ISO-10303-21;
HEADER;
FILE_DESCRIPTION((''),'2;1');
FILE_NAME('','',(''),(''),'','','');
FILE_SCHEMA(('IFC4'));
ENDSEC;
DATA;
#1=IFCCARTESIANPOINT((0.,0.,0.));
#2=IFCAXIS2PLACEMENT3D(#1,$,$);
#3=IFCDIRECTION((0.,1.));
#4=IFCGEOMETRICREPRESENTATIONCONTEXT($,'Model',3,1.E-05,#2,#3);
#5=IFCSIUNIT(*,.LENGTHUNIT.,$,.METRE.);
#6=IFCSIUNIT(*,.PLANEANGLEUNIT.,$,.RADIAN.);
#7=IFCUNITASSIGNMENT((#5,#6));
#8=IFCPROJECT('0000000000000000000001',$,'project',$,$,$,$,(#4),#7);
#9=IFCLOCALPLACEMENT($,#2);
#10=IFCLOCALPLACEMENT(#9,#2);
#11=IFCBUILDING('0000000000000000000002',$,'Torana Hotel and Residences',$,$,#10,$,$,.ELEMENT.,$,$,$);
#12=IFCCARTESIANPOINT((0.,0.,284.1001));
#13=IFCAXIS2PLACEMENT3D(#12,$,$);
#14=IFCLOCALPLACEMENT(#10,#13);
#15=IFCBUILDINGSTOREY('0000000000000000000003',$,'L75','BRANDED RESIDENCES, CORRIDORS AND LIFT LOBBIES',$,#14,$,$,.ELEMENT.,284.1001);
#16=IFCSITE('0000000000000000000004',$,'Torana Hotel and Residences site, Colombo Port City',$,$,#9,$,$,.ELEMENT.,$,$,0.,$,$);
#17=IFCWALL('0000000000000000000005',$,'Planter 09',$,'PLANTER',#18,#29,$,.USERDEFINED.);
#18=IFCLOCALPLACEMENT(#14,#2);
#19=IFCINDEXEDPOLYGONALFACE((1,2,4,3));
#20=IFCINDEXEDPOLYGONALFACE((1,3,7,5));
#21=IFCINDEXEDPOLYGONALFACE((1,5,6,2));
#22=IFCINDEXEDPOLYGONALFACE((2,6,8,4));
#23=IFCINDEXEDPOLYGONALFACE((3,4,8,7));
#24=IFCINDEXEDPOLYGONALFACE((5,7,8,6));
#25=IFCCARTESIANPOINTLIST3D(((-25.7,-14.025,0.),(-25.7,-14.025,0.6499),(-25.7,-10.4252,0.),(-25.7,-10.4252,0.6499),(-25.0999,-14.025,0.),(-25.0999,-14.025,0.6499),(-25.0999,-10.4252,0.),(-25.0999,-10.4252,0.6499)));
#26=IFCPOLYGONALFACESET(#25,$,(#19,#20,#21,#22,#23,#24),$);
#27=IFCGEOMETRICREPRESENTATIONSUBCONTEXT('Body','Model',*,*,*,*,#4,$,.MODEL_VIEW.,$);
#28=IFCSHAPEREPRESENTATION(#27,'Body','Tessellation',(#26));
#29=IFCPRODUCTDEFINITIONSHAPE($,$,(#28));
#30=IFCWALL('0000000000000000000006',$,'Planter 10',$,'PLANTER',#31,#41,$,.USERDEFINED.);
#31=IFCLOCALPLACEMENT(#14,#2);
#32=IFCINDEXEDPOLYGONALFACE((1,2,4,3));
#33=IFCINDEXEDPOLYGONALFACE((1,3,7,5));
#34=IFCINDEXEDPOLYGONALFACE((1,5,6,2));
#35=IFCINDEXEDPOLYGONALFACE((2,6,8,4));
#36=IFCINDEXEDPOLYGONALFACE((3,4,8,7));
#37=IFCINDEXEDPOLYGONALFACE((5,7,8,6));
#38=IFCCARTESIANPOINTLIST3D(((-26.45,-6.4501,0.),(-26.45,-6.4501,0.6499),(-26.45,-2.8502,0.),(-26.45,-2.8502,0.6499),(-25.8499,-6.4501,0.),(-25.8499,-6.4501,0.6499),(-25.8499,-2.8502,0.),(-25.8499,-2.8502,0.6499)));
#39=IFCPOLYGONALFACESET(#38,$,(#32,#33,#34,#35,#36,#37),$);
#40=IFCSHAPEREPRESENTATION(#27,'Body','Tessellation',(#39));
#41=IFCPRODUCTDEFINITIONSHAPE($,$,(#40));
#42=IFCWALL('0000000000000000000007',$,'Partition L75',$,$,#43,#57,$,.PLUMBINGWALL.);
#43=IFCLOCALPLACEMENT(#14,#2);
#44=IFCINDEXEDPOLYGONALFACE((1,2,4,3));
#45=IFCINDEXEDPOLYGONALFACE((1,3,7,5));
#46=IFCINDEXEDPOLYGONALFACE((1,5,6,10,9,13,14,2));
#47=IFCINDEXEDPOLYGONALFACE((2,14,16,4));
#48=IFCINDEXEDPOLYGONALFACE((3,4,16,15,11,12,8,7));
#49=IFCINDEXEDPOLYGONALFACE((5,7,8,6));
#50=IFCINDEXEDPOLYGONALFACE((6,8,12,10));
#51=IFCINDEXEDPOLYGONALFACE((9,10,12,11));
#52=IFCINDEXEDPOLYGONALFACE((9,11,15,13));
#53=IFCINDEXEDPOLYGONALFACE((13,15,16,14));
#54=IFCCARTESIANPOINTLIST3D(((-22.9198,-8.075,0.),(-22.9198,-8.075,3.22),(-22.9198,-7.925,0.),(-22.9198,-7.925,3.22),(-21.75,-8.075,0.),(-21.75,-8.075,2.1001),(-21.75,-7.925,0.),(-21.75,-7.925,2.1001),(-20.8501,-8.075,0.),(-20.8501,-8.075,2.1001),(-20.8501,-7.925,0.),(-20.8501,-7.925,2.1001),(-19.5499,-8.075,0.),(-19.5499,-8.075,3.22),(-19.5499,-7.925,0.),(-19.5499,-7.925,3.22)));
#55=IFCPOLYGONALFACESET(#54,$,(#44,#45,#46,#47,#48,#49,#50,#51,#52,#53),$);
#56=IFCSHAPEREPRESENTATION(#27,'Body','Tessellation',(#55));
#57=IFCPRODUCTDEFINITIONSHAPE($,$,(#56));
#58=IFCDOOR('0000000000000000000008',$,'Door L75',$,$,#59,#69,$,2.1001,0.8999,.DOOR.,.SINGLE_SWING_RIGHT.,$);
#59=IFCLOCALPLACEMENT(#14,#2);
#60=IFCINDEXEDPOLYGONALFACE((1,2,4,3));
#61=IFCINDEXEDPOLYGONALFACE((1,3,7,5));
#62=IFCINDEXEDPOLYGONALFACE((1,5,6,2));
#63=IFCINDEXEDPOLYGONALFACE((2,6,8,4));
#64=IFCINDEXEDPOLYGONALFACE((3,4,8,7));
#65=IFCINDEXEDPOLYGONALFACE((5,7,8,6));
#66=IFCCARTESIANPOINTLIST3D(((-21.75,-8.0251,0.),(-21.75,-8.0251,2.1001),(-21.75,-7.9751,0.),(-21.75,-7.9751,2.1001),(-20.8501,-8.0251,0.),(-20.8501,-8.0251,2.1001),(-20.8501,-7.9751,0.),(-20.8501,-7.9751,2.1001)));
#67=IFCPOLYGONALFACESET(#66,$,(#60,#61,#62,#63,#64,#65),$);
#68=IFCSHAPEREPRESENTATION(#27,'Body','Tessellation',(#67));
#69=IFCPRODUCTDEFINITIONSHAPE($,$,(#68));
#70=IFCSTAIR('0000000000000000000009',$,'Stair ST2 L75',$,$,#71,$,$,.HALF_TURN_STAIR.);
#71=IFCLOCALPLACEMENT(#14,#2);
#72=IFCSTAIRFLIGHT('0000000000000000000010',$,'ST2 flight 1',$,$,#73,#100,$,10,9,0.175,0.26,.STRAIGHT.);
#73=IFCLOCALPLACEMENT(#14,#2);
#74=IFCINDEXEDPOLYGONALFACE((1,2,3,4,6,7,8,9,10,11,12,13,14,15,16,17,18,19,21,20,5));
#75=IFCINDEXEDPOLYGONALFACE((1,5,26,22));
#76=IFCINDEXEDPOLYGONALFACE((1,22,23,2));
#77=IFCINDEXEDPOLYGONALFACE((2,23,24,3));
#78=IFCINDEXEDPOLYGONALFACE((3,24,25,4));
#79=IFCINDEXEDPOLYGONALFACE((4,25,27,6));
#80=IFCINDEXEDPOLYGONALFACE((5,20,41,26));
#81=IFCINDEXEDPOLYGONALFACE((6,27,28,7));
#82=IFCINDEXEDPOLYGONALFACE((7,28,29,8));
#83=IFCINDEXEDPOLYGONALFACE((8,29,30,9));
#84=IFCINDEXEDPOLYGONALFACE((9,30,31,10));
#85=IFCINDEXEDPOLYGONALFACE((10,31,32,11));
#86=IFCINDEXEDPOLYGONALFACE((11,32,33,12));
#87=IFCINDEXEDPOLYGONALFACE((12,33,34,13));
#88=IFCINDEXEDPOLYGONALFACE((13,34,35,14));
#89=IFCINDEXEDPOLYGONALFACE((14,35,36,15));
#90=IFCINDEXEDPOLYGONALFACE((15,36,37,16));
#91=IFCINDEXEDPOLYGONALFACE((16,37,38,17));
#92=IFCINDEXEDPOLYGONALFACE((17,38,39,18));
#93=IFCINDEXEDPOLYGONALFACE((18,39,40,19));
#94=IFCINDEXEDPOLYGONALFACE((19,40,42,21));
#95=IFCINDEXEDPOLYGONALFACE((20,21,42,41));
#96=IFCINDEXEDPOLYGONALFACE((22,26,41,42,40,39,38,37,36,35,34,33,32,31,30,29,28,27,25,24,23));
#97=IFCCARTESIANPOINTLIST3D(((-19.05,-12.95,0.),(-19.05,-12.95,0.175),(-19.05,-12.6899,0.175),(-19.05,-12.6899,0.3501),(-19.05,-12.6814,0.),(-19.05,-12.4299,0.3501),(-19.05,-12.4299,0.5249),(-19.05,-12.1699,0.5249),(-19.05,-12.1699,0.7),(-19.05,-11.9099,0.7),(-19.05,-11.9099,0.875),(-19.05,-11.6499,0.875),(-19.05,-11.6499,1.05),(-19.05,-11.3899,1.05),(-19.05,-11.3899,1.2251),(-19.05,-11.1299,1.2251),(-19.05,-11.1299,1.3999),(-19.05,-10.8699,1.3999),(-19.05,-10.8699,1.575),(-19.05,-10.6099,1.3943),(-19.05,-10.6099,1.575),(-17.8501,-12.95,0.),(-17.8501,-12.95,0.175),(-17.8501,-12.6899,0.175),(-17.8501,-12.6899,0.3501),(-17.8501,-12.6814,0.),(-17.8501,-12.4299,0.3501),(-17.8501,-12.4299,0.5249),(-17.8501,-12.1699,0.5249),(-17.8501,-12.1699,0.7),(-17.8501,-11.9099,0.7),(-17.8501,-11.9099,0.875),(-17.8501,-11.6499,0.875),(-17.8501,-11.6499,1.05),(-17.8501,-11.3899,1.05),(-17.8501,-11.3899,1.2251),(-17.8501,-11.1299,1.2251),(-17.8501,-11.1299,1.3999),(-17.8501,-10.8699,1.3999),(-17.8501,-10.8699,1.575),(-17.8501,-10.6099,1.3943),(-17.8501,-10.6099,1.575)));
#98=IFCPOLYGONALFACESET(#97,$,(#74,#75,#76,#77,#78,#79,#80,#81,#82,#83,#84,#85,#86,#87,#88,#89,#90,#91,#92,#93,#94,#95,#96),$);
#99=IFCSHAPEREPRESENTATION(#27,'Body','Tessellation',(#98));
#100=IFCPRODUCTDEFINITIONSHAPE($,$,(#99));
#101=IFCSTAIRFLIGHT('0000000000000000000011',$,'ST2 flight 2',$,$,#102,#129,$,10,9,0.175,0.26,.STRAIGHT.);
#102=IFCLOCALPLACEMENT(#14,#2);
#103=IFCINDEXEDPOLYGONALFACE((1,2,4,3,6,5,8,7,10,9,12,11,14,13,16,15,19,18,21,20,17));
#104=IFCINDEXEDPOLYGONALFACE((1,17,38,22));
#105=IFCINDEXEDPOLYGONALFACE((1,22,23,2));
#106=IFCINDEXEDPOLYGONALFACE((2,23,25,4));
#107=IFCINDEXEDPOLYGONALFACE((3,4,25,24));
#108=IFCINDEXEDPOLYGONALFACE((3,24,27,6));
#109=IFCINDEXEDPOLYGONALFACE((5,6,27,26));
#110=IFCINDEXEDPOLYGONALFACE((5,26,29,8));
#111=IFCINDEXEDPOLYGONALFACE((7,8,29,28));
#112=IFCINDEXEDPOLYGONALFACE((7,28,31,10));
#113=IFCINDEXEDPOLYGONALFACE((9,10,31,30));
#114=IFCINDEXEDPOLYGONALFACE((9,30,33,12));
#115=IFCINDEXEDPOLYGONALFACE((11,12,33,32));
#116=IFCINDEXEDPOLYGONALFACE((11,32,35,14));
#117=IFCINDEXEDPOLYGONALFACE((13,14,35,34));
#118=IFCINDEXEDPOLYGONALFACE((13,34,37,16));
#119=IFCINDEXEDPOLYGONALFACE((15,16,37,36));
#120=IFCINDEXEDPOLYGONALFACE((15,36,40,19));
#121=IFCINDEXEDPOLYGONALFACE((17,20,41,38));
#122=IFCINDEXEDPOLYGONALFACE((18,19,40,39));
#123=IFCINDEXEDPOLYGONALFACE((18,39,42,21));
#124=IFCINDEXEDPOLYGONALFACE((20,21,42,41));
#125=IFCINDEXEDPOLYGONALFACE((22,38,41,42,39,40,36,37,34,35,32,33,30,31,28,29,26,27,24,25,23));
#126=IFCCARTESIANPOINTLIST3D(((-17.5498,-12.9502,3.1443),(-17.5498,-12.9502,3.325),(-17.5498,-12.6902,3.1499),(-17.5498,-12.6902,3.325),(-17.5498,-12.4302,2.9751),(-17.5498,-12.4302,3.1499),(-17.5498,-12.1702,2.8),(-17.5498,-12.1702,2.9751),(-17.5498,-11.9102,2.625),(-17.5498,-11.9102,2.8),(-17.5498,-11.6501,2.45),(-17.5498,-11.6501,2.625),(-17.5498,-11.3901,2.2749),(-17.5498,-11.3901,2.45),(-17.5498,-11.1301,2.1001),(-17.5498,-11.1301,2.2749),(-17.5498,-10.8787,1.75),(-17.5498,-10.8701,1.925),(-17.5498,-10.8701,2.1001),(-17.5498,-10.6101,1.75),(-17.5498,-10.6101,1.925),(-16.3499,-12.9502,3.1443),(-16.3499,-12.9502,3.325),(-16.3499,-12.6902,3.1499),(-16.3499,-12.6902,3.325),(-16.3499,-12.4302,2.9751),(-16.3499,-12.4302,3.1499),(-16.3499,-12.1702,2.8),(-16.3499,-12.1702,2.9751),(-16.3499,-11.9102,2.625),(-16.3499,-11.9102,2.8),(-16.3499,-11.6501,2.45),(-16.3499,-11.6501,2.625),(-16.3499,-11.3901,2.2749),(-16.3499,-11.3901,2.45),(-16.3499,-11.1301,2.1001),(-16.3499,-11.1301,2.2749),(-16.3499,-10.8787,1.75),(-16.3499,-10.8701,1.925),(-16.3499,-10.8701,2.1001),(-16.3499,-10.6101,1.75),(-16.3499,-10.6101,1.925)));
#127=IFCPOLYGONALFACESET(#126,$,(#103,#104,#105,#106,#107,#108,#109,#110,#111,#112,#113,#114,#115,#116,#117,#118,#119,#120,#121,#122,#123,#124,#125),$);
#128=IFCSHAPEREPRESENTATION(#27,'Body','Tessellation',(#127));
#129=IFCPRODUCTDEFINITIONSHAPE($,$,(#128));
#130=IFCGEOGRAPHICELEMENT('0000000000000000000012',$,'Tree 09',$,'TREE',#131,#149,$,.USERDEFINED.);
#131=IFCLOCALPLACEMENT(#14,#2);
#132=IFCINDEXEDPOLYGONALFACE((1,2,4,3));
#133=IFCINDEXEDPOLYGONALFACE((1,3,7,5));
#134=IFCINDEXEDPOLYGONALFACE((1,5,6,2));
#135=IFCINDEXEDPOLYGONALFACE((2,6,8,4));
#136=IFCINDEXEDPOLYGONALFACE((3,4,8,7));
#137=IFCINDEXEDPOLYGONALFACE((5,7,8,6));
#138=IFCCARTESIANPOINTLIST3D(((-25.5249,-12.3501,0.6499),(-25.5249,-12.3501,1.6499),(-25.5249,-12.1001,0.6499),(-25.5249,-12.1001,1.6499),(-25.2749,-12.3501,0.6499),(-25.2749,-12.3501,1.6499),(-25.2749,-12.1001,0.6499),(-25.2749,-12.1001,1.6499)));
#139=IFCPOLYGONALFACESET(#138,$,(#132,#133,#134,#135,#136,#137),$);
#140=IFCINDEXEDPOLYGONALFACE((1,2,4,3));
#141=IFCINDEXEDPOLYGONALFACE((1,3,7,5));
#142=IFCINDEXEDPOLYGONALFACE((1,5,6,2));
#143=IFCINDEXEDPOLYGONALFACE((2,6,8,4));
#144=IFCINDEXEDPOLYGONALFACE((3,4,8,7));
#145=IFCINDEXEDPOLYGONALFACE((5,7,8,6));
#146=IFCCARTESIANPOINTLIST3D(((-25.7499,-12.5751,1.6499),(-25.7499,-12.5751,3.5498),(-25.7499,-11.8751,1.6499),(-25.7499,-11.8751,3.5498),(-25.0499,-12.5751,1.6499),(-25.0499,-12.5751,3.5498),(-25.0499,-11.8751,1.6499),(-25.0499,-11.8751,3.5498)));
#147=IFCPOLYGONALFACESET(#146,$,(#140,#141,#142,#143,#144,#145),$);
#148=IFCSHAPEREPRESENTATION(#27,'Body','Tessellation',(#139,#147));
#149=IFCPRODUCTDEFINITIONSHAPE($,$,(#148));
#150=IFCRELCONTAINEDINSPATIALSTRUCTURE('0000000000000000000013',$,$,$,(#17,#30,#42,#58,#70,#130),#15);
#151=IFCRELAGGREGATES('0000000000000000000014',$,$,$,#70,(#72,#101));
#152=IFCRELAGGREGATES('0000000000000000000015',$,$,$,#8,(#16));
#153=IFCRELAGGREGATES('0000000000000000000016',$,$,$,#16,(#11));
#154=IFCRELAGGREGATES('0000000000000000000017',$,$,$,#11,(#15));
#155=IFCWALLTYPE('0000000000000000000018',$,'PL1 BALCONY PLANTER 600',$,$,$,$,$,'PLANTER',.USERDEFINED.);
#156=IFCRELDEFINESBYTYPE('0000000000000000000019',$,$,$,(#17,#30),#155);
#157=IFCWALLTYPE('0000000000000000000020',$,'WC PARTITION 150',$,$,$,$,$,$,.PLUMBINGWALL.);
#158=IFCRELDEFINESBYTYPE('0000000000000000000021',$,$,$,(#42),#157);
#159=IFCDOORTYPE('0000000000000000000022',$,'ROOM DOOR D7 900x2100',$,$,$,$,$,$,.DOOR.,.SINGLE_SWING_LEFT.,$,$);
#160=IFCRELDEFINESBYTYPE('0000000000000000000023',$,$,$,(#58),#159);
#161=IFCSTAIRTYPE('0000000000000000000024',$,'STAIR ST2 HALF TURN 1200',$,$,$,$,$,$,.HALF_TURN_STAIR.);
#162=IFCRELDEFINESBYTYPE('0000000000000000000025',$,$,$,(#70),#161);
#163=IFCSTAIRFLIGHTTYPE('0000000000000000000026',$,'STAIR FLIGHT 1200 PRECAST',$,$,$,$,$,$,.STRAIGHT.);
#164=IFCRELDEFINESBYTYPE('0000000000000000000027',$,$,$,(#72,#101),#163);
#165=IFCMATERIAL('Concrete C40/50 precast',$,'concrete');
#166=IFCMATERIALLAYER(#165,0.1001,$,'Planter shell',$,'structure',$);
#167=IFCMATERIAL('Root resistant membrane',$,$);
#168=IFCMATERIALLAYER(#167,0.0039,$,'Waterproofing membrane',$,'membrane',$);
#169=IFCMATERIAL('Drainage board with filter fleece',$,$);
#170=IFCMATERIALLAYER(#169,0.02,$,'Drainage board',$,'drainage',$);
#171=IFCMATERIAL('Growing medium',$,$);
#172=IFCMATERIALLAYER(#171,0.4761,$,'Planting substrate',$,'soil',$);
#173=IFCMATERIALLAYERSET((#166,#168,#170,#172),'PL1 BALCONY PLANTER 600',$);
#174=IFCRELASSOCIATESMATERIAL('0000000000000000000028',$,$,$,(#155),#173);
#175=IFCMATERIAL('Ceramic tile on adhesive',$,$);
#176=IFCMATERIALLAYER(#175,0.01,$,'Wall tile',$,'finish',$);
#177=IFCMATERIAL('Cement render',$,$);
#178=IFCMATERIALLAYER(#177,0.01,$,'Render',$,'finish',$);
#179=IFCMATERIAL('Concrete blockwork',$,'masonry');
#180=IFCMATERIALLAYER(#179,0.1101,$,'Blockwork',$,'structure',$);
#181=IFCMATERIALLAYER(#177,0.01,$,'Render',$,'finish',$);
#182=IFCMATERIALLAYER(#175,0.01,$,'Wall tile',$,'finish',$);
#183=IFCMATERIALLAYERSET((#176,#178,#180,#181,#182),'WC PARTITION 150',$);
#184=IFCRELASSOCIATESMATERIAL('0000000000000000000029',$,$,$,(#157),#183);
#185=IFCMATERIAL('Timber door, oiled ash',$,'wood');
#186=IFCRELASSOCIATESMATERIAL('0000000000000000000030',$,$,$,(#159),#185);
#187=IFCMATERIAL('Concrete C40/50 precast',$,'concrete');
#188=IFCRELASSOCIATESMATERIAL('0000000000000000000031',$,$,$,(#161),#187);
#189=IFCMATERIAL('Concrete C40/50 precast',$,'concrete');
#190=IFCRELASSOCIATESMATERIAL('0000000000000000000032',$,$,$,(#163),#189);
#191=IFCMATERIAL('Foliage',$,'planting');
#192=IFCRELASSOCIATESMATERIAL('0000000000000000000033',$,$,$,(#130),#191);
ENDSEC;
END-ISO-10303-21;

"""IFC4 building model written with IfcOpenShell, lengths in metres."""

from ifc_helpers import new_model, si_unit, direction, frame, frame_2d, origin, origin_2d, place, context, subcontext, project, spatial, polyline, rectangle, outline, extrude, material, layer, layer_set, type_object, element, fill, aggregate, save


model = new_model("IFC4")

# Units and contexts
model_context = context("Model", 3, precision=1e-05, world=origin(), true_north=direction((0.0, 1.0)))
body_context = subcontext(model_context, "Body", "Model", "MODEL_VIEW")
ifc_project = project(units=[si_unit("LENGTHUNIT", "METRE"), si_unit("PLANEANGLEUNIT", "RADIAN")], contexts=[model_context])

# Site, building, storey
site_placement = place(None, origin())
site = spatial("IfcSite", under=ifc_project, at=site_placement, Name="Torana Hotel and Residences site, Colombo Port City", CompositionType="ELEMENT", RefElevation=0.0)
building_placement = place(site_placement, origin())
building = spatial("IfcBuilding", under=site, at=building_placement, Name="Torana Hotel and Residences", CompositionType="ELEMENT")
storey_placement = place(building_placement, frame((0.0, 0.0, 284.1001)))
storey = spatial("IfcBuildingStorey", under=building, at=storey_placement, Name="L75", Description="BRANDED RESIDENCES, CORRIDORS AND LIFT LOBBIES", CompositionType="ELEMENT", Elevation=284.1001)

# Walls
ifc_material_1 = material(Name="Concrete C40/50 precast", Category="concrete")
ifc_layer_1 = layer(ifc_material_1, 0.1001, Name="Planter shell", Category="structure")
ifc_material_2 = material(Name="Root resistant membrane")
ifc_layer_2 = layer(ifc_material_2, 0.0039, Name="Waterproofing membrane", Category="membrane")
ifc_material_3 = material(Name="Drainage board with filter fleece")
ifc_layer_3 = layer(ifc_material_3, 0.02, Name="Drainage board", Category="drainage")
ifc_material_4 = material(Name="Growing medium")
ifc_layer_4 = layer(ifc_material_4, 0.4761, Name="Planting substrate", Category="soil")
ifc_layer_set_1 = layer_set([ifc_layer_1, ifc_layer_2, ifc_layer_3, ifc_layer_4], Name="PL1 BALCONY PLANTER 600")
wall_type_1 = type_object("IfcWallType", Name="PL1 BALCONY PLANTER 600", ElementType="PLANTER", PredefinedType="USERDEFINED", material=ifc_layer_set_1)
for number, where, z_axis, x_axis, name in (
    (1, (-25.3999, -14.0249, 0.0), (0.0, 0.0, 1.0), (0.0, 1.0, 0.0), "Planter 09"),
    (2, (-26.1499, -6.45, 0.0), (0.0, 0.0, 1.0), (0.0, 1.0, 0.0), "Planter 10"),
):
    element("IfcWall", number, at=place(storey_placement, frame(where, z_axis=z_axis, x_axis=x_axis)), inside=storey, type_object=wall_type_1, Name=name, ObjectType="PLANTER", PredefinedType="USERDEFINED", context=body_context, shape_type="SweptSolid", body=[
        extrude(rectangle(XDim=3.5999, YDim=0.6001, at=frame_2d((1.7998, 0.0))), origin(), (0.0, 0.0, 1.0), 0.6499),
    ])

# Wall, opening, door
ifc_material_5 = material(Name="Ceramic tile on adhesive")
ifc_layer_5 = layer(ifc_material_5, 0.01, Name="Wall tile", Category="finish")
ifc_material_6 = material(Name="Cement render")
ifc_layer_6 = layer(ifc_material_6, 0.01, Name="Render", Category="finish")
ifc_material_7 = material(Name="Concrete blockwork", Category="masonry")
ifc_layer_7 = layer(ifc_material_7, 0.1101, Name="Blockwork", Category="structure")
ifc_layer_8 = layer(ifc_material_6, 0.01, Name="Render", Category="finish")
ifc_layer_9 = layer(ifc_material_5, 0.01, Name="Wall tile", Category="finish")
ifc_layer_set_2 = layer_set([ifc_layer_5, ifc_layer_6, ifc_layer_7, ifc_layer_8, ifc_layer_9], Name="WC PARTITION 150")
wall_type_2 = type_object("IfcWallType", Name="WC PARTITION 150", PredefinedType="PLUMBINGWALL", material=ifc_layer_set_2)
wall_1_placement = place(storey_placement, frame((-22.9199, -8.0, 0.0), z_axis=(0.0, 0.0, 1.0), x_axis=(1.0, 0.0, 0.0)))
wall_1 = element("IfcWall", 3, at=wall_1_placement, inside=storey, type_object=wall_type_2, Name="Partition L75", PredefinedType="PLUMBINGWALL", context=body_context, shape_type="SweptSolid", body=[
    extrude(rectangle(XDim=3.3699, YDim=0.1499, at=frame_2d((1.6851, 0.0))), origin(), (0.0, 0.0, 1.0), 3.22),
])
opening_1_placement = place(wall_1_placement, frame((1.1699, 0.0, 0.0)))
opening_1 = element("IfcOpeningElement", 4, at=opening_1_placement, cuts=wall_1, PredefinedType="OPENING", context=body_context, shape_type="SweptSolid", body=[
    extrude(rectangle(XDim=0.8999, YDim=2.1001, at=frame_2d((0.45, 1.05))), frame((0.0, 0.085, 0.0), z_axis=(0.0, -1.0, 0.0), x_axis=(1.0, 0.0, 0.0)), (0.0, 0.0, 1.0), 0.1699),
])
ifc_material_8 = material(Name="Timber door, oiled ash", Category="wood")
door_type_1 = type_object("IfcDoorType", Name="ROOM DOOR D7 900x2100", OperationType="SINGLE_SWING_LEFT", PredefinedType="DOOR", material=ifc_material_8)
door_1_placement = place(opening_1_placement, origin())
door_1 = element("IfcDoor", 5, at=door_1_placement, inside=storey, type_object=door_type_1, Name="Door L75", OperationType="SINGLE_SWING_RIGHT", OverallHeight=2.1001, OverallWidth=0.8999, PredefinedType="DOOR", context=body_context, shape_type="SweptSolid", body=[
    extrude(rectangle(XDim=0.8999, YDim=2.1001, at=frame_2d((0.45, 1.05))), frame((0.0, 0.0249, 0.0), z_axis=(0.0, -1.0, 0.0), x_axis=(1.0, 0.0, 0.0)), (0.0, 0.0, 1.0), 0.05),
])
fill(opening_1, door_1)

# Stair, stair flights
ifc_material_9 = material(Name="Concrete C40/50 precast", Category="concrete")
stair_type = type_object("IfcStairType", Name="STAIR ST2 HALF TURN 1200", PredefinedType="HALF_TURN_STAIR", material=ifc_material_9)
stair_placement = place(storey_placement, origin())
stair = element("IfcStair", 6, at=stair_placement, inside=storey, type_object=stair_type, Name="Stair ST2 L75", PredefinedType="HALF_TURN_STAIR")
ifc_material_10 = material(Name="Concrete C40/50 precast", Category="concrete")
stair_flight_type = type_object("IfcStairFlightType", Name="STAIR FLIGHT 1200 PRECAST", PredefinedType="STRAIGHT", material=ifc_material_10)
stair_flight_1_placement = place(storey_placement, frame((-18.45, -12.95, 0.0), z_axis=(0.0, 0.0, 1.0), x_axis=(0.0, 1.0, 0.0)))
stair_flight_1 = element("IfcStairFlight", 7, at=stair_flight_1_placement, type_object=stair_flight_type, Name="ST2 flight 1", NumberOfRisers=10, NumberOfTreads=9, PredefinedType="STRAIGHT", RiserHeight=0.175, TreadLength=0.26, context=body_context, shape_type="SweptSolid", body=[
    extrude(outline(polyline([(0.0, 0.0), (0.0, 0.175), (0.26, 0.175), (0.26, 0.3501), (0.52, 0.3501), (0.52, 0.5249), (0.78, 0.5249), (0.78, 0.7), (1.04, 0.7), (1.04, 0.875), (1.3, 0.875), (1.3, 1.05), (1.5601, 1.05), (1.5601, 1.2251), (1.8201, 1.2251), (1.8201, 1.3999), (2.0801, 1.3999), (2.0801, 1.575), (2.3401, 1.575), (2.3401, 1.75), (2.3401, 1.3943), (0.2686, 0.0), (0.0, 0.0)])), frame((0.0, 0.6001, 0.0), z_axis=(0.0, -1.0, 0.0), x_axis=(1.0, 0.0, 0.0)), (0.0, 0.0, 1.0), 1.2),
])
stair_flight_2_placement = place(storey_placement, frame((-16.95, -10.6101, 1.75), z_axis=(0.0, 0.0, 1.0), x_axis=(0.0, -1.0, 0.0)))
stair_flight_2 = element("IfcStairFlight", 8, at=stair_flight_2_placement, type_object=stair_flight_type, Name="ST2 flight 2", NumberOfRisers=10, NumberOfTreads=9, PredefinedType="STRAIGHT", RiserHeight=0.175, TreadLength=0.26, context=body_context, shape_type="SweptSolid", body=[
    extrude(outline(polyline([(0.0, 0.0), (0.0, 0.175), (0.26, 0.175), (0.26, 0.3501), (0.52, 0.3501), (0.52, 0.5249), (0.78, 0.5249), (0.78, 0.7), (1.04, 0.7), (1.04, 0.875), (1.3, 0.875), (1.3, 1.05), (1.5601, 1.05), (1.5601, 1.2251), (1.8201, 1.2251), (1.8201, 1.3999), (2.0801, 1.3999), (2.0801, 1.575), (2.3401, 1.575), (2.3401, 1.75), (2.3401, 1.3943), (0.2686, 0.0), (0.0, 0.0)])), frame((0.0, 0.6001, 0.0), z_axis=(0.0, -1.0, 0.0), x_axis=(1.0, 0.0, 0.0)), (0.0, 0.0, 1.0), 1.2),
])
aggregate(stair, [stair_flight_1, stair_flight_2])

# Geographic element
ifc_material_11 = material(Name="Foliage", Category="planting")
geographic_element_placement = place(storey_placement, frame((-25.3999, -12.2251, 0.6499), z_axis=(0.0, 0.0, 1.0), x_axis=(1.0, 0.0, 0.0)))
element("IfcGeographicElement", 9, at=geographic_element_placement, inside=storey, material=ifc_material_11, Name="Tree 09", ObjectType="TREE", PredefinedType="USERDEFINED", context=body_context, shape_type="SweptSolid", body=[
    extrude(rectangle(XDim=0.25, YDim=0.25, at=origin_2d()), origin(), (0.0, 0.0, 1.0), 1.0),
    extrude(rectangle(XDim=0.7, YDim=0.7, at=origin_2d()), frame((0.0, 0.0, 1.0)), (0.0, 0.0, 1.0), 1.8999),
])

save(model, "model.ifc")
